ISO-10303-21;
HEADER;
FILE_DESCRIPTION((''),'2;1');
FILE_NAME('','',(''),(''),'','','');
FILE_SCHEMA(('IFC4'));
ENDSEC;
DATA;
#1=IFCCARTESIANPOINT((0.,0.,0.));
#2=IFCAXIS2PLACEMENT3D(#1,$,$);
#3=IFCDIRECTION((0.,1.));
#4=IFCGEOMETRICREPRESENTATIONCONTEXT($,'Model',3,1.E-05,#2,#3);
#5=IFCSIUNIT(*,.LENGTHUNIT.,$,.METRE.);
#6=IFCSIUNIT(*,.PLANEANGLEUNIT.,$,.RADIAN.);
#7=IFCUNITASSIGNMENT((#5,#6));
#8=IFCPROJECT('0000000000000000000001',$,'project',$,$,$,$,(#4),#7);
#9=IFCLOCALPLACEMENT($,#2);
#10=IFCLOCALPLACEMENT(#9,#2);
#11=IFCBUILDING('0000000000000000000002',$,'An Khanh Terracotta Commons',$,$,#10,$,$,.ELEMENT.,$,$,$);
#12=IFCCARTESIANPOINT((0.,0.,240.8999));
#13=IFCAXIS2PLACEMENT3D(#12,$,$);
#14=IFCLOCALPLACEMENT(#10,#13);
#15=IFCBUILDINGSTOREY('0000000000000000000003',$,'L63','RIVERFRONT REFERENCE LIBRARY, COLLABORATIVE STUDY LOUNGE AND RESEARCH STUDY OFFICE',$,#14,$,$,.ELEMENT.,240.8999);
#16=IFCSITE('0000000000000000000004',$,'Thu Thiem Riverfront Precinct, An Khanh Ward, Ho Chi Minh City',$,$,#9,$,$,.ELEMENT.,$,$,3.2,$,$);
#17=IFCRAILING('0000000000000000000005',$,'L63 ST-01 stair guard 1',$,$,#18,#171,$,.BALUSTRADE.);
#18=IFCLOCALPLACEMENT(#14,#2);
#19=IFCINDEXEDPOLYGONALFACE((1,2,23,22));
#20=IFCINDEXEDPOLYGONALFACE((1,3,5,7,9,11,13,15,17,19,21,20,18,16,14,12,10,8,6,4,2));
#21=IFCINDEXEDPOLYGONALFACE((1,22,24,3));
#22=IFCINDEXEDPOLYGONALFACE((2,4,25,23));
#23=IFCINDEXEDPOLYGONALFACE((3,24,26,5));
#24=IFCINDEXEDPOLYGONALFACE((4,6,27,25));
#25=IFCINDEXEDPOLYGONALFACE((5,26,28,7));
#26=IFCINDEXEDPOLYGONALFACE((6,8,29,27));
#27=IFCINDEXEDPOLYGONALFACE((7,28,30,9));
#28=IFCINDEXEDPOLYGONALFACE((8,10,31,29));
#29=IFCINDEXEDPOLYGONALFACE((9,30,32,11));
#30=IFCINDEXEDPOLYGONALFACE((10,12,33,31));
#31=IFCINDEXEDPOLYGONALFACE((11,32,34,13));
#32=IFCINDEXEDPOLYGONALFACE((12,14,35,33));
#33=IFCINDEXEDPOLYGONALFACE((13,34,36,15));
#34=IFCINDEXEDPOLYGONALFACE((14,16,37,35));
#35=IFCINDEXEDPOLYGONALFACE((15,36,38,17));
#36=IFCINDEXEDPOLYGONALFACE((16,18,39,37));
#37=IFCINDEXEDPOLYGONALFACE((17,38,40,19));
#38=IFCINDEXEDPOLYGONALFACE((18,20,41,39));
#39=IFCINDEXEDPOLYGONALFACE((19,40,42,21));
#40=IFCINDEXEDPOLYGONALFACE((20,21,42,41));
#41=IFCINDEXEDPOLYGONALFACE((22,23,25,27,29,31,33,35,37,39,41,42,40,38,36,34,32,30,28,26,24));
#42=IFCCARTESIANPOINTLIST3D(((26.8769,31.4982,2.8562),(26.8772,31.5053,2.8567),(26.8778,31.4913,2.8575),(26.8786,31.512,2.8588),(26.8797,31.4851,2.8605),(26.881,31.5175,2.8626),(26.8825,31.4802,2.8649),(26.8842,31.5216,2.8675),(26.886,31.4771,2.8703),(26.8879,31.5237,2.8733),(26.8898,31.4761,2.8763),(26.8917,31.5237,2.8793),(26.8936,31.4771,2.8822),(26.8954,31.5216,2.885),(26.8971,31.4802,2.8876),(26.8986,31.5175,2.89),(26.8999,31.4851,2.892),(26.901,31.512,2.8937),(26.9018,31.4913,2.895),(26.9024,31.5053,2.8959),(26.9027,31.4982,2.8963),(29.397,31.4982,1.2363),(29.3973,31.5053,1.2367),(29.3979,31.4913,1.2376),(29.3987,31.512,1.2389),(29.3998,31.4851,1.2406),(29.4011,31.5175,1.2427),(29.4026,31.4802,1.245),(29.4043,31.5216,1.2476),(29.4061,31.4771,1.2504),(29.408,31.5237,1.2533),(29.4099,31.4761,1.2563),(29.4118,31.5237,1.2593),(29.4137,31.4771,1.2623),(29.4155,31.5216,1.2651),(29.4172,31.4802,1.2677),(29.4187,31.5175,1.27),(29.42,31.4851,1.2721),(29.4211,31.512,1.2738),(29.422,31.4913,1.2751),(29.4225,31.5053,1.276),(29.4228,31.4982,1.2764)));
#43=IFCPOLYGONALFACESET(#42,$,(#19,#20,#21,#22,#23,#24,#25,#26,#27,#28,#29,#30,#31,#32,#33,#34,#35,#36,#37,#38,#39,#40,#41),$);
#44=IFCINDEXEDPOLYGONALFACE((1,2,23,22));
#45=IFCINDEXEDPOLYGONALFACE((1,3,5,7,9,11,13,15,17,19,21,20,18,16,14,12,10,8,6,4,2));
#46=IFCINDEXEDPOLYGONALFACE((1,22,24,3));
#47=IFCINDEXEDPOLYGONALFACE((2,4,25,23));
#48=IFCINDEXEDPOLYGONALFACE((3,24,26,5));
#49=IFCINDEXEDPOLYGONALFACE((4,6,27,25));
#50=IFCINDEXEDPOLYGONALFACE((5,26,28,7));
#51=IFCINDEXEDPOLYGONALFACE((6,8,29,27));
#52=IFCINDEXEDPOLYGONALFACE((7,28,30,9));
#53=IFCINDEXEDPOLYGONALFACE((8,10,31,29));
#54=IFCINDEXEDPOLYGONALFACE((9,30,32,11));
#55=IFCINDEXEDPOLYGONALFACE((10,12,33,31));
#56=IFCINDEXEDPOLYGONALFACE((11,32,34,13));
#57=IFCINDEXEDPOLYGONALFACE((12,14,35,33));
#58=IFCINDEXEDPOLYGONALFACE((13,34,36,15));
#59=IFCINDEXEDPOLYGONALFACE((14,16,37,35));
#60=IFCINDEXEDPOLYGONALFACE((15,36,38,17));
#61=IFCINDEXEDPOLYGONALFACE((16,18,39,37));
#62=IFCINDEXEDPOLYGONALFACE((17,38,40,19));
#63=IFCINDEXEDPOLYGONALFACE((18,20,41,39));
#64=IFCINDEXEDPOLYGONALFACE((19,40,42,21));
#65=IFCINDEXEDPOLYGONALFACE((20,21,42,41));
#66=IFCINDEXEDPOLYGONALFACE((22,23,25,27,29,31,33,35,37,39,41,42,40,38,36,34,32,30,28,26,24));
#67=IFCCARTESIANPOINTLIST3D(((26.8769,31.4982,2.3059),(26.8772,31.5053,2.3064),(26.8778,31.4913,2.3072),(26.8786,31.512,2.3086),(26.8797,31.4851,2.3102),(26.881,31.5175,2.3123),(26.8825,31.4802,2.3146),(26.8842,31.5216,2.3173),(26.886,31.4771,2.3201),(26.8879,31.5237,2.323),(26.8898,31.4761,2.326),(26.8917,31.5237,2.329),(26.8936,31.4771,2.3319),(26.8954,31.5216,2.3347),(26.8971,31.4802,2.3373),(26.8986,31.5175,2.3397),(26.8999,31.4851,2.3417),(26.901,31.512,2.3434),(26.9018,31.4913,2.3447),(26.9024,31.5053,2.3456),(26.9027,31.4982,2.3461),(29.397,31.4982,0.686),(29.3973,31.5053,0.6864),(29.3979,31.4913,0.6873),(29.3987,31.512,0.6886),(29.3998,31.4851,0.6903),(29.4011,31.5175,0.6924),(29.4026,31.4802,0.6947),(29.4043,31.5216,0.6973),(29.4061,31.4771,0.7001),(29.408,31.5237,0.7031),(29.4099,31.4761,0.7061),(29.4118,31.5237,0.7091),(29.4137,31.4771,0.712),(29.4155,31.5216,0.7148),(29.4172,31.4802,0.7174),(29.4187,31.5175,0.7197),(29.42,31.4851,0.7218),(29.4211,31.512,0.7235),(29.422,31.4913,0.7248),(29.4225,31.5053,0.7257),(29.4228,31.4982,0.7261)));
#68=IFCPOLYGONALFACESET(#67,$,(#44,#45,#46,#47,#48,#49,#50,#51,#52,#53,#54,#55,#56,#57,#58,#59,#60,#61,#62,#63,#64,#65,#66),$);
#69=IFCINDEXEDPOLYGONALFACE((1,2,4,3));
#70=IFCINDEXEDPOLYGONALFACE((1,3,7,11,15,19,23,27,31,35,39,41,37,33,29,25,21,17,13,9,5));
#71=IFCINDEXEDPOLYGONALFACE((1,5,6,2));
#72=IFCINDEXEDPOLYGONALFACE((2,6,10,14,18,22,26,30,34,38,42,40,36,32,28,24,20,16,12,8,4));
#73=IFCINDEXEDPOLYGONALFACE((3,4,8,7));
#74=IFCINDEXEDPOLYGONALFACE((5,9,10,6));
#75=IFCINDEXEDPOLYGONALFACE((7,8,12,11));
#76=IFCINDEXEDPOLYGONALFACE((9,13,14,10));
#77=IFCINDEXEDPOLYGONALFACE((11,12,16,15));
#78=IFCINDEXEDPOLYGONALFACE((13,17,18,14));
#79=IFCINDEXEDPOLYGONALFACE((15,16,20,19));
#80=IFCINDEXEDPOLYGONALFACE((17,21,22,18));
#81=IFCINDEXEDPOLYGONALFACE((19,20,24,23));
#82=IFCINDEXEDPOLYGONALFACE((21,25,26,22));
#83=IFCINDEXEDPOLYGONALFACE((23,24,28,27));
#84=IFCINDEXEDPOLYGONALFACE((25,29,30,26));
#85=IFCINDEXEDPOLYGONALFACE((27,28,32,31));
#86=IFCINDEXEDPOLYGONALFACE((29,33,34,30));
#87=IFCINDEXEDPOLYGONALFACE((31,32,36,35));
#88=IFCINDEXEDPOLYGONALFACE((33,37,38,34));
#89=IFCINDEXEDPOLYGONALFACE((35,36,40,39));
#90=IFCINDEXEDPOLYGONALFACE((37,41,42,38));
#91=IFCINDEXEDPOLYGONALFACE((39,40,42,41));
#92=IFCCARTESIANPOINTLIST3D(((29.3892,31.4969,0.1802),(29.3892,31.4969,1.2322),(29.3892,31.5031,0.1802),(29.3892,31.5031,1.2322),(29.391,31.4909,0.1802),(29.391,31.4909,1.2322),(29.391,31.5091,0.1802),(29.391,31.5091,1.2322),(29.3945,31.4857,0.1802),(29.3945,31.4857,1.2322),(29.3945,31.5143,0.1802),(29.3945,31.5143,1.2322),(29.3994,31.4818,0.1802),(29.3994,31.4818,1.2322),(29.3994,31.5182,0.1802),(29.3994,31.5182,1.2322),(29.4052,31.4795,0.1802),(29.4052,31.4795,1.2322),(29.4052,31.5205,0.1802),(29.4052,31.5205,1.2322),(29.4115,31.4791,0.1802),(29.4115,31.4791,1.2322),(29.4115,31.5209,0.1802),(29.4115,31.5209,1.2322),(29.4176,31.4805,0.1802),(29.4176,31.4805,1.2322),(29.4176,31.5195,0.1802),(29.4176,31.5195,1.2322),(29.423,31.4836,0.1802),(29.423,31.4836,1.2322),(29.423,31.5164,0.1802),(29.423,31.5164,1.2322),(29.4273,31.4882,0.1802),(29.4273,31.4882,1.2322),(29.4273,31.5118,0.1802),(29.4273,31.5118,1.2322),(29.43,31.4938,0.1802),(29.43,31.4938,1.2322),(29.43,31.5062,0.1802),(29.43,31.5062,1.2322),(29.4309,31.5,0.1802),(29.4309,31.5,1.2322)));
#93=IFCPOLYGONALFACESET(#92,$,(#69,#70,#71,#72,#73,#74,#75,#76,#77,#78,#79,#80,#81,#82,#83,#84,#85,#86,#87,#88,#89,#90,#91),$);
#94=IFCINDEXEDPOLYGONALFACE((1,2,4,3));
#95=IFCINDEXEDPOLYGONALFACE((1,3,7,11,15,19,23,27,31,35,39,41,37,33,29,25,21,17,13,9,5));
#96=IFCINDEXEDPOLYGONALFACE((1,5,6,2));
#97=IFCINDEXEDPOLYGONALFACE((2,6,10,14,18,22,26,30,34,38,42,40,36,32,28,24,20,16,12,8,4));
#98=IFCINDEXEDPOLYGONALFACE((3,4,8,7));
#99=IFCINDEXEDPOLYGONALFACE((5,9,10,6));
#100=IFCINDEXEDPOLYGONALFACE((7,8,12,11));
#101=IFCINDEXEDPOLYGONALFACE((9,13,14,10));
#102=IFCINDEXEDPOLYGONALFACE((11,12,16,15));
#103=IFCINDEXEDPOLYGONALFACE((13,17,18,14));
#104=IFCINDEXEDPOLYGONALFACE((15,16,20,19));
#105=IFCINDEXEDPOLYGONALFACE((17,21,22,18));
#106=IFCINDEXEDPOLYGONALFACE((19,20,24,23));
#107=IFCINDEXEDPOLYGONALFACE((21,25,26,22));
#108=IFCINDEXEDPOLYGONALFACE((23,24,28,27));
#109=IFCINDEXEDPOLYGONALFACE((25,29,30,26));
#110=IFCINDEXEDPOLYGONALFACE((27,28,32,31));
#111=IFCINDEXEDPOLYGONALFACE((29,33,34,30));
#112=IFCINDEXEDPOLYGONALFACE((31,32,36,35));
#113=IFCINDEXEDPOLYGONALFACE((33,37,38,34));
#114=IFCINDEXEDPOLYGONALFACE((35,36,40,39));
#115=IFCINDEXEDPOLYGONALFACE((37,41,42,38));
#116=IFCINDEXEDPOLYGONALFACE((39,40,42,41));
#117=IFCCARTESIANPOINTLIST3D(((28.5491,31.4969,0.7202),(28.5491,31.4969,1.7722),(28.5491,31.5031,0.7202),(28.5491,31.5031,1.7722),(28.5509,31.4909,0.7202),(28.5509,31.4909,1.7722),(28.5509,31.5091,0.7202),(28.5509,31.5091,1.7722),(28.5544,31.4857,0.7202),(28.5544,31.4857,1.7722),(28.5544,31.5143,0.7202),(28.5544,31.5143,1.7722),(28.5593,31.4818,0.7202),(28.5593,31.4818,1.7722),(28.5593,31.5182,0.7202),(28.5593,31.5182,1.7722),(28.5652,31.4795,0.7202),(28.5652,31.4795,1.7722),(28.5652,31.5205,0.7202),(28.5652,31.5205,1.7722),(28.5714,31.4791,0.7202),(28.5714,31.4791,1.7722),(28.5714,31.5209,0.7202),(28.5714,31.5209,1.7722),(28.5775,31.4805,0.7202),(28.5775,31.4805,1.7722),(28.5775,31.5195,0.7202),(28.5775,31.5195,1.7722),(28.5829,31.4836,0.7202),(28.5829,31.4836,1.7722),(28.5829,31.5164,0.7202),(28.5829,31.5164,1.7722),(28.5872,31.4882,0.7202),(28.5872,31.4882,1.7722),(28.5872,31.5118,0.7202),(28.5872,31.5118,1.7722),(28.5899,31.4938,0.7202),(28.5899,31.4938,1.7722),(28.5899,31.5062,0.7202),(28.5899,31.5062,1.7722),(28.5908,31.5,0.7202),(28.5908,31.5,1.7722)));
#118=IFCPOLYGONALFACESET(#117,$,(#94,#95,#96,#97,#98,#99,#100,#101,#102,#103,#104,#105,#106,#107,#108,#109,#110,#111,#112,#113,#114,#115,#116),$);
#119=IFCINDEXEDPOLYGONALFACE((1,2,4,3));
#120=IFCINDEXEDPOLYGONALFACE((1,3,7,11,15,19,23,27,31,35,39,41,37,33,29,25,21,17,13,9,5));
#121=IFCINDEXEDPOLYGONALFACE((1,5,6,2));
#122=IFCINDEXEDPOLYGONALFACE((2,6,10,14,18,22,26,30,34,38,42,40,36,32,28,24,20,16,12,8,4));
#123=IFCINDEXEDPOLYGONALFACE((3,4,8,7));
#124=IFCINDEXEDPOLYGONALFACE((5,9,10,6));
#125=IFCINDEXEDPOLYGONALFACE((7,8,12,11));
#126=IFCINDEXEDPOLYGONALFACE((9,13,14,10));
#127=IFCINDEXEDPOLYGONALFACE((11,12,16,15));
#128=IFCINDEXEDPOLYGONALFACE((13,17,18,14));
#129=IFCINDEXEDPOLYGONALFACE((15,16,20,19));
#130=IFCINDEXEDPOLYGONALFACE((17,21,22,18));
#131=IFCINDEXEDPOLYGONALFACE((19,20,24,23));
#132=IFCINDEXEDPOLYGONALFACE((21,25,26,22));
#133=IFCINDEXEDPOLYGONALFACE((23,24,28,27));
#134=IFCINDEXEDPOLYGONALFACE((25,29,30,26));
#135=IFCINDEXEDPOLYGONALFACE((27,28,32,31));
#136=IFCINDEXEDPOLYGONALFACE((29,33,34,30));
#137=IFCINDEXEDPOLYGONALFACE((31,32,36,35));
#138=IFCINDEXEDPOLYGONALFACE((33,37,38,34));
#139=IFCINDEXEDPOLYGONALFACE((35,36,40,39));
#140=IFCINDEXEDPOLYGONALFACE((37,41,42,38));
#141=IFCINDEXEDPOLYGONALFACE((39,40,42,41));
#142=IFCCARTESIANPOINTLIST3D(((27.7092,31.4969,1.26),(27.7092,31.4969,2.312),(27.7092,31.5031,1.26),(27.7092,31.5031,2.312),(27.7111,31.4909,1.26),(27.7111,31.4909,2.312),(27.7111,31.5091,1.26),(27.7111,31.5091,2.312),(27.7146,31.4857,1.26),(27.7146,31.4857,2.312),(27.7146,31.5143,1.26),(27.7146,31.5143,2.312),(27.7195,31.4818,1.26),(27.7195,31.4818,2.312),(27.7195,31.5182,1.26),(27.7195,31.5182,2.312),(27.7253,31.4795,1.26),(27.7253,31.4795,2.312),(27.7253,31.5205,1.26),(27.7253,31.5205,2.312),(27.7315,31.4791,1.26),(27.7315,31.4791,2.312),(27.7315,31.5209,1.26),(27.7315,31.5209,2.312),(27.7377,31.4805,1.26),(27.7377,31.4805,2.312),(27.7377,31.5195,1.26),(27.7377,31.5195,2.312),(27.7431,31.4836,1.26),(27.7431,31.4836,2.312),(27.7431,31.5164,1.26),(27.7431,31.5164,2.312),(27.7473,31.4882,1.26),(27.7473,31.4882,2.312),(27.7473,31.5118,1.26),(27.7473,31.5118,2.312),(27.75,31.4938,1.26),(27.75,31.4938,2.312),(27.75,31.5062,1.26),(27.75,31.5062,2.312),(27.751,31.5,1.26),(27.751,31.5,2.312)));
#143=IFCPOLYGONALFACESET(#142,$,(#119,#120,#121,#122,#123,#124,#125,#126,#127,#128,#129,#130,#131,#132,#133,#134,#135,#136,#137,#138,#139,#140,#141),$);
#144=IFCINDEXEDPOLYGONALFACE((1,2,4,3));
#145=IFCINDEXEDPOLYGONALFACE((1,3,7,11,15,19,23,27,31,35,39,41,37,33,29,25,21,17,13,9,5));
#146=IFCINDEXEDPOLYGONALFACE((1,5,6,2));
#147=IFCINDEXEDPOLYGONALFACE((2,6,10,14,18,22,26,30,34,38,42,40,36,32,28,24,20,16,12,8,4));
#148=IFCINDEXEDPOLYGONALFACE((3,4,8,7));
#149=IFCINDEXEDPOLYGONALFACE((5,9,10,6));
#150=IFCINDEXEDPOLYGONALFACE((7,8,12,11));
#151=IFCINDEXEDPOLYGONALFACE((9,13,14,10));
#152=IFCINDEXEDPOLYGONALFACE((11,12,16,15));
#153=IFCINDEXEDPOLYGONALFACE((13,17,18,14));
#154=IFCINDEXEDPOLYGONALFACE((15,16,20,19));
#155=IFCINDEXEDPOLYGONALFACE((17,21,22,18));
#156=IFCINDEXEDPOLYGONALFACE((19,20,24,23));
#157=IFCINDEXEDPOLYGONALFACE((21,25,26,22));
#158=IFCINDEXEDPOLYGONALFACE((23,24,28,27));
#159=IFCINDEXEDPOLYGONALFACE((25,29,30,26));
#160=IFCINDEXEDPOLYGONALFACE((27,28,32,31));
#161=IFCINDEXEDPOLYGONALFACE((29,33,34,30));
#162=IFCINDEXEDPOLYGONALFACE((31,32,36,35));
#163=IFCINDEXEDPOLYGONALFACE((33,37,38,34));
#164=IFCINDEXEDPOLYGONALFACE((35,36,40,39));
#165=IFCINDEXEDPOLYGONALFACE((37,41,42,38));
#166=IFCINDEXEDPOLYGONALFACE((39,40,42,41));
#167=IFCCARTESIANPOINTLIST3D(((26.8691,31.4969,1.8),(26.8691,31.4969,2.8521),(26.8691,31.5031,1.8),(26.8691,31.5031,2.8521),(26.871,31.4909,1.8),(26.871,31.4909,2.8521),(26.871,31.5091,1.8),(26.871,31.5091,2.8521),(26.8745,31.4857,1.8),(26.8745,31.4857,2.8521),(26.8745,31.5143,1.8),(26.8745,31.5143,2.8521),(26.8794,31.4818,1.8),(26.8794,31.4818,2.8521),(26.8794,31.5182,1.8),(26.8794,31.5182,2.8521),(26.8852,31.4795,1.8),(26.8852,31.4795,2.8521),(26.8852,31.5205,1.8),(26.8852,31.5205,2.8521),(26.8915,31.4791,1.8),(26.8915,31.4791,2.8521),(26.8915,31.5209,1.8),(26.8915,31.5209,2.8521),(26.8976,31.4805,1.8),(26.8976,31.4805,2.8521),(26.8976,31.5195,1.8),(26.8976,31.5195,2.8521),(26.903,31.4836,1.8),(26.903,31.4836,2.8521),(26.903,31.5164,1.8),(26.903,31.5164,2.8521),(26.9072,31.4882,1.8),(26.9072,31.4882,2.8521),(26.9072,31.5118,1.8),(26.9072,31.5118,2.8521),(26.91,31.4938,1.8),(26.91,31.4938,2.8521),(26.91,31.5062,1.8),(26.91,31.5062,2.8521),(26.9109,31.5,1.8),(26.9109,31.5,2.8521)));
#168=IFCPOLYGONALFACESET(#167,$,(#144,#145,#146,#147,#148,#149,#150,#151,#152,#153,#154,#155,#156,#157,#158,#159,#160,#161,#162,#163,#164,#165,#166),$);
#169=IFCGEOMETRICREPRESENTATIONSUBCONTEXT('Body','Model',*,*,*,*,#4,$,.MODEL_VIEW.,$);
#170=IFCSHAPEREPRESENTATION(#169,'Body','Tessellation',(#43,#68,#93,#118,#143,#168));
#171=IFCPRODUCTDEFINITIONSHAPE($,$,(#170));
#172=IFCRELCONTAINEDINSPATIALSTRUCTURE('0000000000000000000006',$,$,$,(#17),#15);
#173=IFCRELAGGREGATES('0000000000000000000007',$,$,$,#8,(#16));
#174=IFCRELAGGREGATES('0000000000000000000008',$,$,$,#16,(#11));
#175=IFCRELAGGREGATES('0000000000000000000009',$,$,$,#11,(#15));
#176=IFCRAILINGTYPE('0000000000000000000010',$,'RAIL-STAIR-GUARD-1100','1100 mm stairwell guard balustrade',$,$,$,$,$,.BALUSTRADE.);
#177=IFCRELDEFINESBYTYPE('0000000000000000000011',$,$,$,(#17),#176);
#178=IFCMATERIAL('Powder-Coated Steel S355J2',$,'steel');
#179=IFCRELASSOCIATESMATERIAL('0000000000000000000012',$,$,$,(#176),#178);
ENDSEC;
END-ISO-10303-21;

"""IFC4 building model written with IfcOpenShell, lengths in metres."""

from ifc_helpers import new_model, si_unit, direction, frame, origin, origin_2d, place, context, subcontext, project, spatial, circle, extrude, material, type_object, element, save


model = new_model("IFC4")

# Units and contexts
model_context = context("Model", 3, precision=1e-05, world=origin(), true_north=direction((0.0, 1.0)))
body_context = subcontext(model_context, "Body", "Model", "MODEL_VIEW")
ifc_project = project(units=[si_unit("LENGTHUNIT", "METRE"), si_unit("PLANEANGLEUNIT", "RADIAN")], contexts=[model_context])

# Site, building, storey
site_placement = place(None, origin())
site = spatial("IfcSite", under=ifc_project, at=site_placement, Name="Thu Thiem Riverfront Precinct, An Khanh Ward, Ho Chi Minh City", CompositionType="ELEMENT", RefElevation=3.2)
building_placement = place(site_placement, origin())
building = spatial("IfcBuilding", under=site, at=building_placement, Name="An Khanh Terracotta Commons", CompositionType="ELEMENT")
storey_placement = place(building_placement, frame((0.0, 0.0, 240.8999)))
storey = spatial("IfcBuildingStorey", under=building, at=storey_placement, Name="L63", Description="RIVERFRONT REFERENCE LIBRARY, COLLABORATIVE STUDY LOUNGE AND RESEARCH STUDY OFFICE", CompositionType="ELEMENT", Elevation=240.8999)

# Railing
ifc_material_1 = material(Name="Powder-Coated Steel S355J2", Category="steel")
railing_type_1 = type_object("IfcRailingType", Name="RAIL-STAIR-GUARD-1100", Description="1100 mm stairwell guard balustrade", PredefinedType="BALUSTRADE", material=ifc_material_1)
railing_1_placement = place(storey_placement, frame((29.4099, 31.5, 0.1802)))
element("IfcRailing", 1, at=railing_1_placement, inside=storey, type_object=railing_type_1, Name="L63 ST-01 stair guard 1", PredefinedType="BALUSTRADE", context=body_context, shape_type="SweptSolid", body=[
    extrude(circle(Radius=0.0239, at=origin_2d()), frame((0.0, 0.0, 1.0762), z_axis=(-0.8412, 0.0, 0.540725), x_axis=(0.0, -1.0, 0.0)), (0.0, 0.0, 1.0), 2.9958),
    extrude(circle(Radius=0.0239, at=origin_2d()), frame((0.0, 0.0, 0.5259), z_axis=(-0.8412, 0.0, 0.540725), x_axis=(0.0, -1.0, 0.0)), (0.0, 0.0, 1.0), 2.9958),
    extrude(circle(Radius=0.021, at=origin_2d()), origin(), (0.0, 0.0, 1.0), 1.052),
    extrude(circle(Radius=0.021, at=origin_2d()), frame((-0.8401, 0.0, 0.54)), (0.0, 0.0, 1.0), 1.052),
    extrude(circle(Radius=0.021, at=origin_2d()), frame((-1.6799, 0.0, 1.0798)), (0.0, 0.0, 1.0), 1.052),
    extrude(circle(Radius=0.021, at=origin_2d()), frame((-2.52, 0.0, 1.6199)), (0.0, 0.0, 1.0), 1.052),
])

save(model, "model.ifc")
